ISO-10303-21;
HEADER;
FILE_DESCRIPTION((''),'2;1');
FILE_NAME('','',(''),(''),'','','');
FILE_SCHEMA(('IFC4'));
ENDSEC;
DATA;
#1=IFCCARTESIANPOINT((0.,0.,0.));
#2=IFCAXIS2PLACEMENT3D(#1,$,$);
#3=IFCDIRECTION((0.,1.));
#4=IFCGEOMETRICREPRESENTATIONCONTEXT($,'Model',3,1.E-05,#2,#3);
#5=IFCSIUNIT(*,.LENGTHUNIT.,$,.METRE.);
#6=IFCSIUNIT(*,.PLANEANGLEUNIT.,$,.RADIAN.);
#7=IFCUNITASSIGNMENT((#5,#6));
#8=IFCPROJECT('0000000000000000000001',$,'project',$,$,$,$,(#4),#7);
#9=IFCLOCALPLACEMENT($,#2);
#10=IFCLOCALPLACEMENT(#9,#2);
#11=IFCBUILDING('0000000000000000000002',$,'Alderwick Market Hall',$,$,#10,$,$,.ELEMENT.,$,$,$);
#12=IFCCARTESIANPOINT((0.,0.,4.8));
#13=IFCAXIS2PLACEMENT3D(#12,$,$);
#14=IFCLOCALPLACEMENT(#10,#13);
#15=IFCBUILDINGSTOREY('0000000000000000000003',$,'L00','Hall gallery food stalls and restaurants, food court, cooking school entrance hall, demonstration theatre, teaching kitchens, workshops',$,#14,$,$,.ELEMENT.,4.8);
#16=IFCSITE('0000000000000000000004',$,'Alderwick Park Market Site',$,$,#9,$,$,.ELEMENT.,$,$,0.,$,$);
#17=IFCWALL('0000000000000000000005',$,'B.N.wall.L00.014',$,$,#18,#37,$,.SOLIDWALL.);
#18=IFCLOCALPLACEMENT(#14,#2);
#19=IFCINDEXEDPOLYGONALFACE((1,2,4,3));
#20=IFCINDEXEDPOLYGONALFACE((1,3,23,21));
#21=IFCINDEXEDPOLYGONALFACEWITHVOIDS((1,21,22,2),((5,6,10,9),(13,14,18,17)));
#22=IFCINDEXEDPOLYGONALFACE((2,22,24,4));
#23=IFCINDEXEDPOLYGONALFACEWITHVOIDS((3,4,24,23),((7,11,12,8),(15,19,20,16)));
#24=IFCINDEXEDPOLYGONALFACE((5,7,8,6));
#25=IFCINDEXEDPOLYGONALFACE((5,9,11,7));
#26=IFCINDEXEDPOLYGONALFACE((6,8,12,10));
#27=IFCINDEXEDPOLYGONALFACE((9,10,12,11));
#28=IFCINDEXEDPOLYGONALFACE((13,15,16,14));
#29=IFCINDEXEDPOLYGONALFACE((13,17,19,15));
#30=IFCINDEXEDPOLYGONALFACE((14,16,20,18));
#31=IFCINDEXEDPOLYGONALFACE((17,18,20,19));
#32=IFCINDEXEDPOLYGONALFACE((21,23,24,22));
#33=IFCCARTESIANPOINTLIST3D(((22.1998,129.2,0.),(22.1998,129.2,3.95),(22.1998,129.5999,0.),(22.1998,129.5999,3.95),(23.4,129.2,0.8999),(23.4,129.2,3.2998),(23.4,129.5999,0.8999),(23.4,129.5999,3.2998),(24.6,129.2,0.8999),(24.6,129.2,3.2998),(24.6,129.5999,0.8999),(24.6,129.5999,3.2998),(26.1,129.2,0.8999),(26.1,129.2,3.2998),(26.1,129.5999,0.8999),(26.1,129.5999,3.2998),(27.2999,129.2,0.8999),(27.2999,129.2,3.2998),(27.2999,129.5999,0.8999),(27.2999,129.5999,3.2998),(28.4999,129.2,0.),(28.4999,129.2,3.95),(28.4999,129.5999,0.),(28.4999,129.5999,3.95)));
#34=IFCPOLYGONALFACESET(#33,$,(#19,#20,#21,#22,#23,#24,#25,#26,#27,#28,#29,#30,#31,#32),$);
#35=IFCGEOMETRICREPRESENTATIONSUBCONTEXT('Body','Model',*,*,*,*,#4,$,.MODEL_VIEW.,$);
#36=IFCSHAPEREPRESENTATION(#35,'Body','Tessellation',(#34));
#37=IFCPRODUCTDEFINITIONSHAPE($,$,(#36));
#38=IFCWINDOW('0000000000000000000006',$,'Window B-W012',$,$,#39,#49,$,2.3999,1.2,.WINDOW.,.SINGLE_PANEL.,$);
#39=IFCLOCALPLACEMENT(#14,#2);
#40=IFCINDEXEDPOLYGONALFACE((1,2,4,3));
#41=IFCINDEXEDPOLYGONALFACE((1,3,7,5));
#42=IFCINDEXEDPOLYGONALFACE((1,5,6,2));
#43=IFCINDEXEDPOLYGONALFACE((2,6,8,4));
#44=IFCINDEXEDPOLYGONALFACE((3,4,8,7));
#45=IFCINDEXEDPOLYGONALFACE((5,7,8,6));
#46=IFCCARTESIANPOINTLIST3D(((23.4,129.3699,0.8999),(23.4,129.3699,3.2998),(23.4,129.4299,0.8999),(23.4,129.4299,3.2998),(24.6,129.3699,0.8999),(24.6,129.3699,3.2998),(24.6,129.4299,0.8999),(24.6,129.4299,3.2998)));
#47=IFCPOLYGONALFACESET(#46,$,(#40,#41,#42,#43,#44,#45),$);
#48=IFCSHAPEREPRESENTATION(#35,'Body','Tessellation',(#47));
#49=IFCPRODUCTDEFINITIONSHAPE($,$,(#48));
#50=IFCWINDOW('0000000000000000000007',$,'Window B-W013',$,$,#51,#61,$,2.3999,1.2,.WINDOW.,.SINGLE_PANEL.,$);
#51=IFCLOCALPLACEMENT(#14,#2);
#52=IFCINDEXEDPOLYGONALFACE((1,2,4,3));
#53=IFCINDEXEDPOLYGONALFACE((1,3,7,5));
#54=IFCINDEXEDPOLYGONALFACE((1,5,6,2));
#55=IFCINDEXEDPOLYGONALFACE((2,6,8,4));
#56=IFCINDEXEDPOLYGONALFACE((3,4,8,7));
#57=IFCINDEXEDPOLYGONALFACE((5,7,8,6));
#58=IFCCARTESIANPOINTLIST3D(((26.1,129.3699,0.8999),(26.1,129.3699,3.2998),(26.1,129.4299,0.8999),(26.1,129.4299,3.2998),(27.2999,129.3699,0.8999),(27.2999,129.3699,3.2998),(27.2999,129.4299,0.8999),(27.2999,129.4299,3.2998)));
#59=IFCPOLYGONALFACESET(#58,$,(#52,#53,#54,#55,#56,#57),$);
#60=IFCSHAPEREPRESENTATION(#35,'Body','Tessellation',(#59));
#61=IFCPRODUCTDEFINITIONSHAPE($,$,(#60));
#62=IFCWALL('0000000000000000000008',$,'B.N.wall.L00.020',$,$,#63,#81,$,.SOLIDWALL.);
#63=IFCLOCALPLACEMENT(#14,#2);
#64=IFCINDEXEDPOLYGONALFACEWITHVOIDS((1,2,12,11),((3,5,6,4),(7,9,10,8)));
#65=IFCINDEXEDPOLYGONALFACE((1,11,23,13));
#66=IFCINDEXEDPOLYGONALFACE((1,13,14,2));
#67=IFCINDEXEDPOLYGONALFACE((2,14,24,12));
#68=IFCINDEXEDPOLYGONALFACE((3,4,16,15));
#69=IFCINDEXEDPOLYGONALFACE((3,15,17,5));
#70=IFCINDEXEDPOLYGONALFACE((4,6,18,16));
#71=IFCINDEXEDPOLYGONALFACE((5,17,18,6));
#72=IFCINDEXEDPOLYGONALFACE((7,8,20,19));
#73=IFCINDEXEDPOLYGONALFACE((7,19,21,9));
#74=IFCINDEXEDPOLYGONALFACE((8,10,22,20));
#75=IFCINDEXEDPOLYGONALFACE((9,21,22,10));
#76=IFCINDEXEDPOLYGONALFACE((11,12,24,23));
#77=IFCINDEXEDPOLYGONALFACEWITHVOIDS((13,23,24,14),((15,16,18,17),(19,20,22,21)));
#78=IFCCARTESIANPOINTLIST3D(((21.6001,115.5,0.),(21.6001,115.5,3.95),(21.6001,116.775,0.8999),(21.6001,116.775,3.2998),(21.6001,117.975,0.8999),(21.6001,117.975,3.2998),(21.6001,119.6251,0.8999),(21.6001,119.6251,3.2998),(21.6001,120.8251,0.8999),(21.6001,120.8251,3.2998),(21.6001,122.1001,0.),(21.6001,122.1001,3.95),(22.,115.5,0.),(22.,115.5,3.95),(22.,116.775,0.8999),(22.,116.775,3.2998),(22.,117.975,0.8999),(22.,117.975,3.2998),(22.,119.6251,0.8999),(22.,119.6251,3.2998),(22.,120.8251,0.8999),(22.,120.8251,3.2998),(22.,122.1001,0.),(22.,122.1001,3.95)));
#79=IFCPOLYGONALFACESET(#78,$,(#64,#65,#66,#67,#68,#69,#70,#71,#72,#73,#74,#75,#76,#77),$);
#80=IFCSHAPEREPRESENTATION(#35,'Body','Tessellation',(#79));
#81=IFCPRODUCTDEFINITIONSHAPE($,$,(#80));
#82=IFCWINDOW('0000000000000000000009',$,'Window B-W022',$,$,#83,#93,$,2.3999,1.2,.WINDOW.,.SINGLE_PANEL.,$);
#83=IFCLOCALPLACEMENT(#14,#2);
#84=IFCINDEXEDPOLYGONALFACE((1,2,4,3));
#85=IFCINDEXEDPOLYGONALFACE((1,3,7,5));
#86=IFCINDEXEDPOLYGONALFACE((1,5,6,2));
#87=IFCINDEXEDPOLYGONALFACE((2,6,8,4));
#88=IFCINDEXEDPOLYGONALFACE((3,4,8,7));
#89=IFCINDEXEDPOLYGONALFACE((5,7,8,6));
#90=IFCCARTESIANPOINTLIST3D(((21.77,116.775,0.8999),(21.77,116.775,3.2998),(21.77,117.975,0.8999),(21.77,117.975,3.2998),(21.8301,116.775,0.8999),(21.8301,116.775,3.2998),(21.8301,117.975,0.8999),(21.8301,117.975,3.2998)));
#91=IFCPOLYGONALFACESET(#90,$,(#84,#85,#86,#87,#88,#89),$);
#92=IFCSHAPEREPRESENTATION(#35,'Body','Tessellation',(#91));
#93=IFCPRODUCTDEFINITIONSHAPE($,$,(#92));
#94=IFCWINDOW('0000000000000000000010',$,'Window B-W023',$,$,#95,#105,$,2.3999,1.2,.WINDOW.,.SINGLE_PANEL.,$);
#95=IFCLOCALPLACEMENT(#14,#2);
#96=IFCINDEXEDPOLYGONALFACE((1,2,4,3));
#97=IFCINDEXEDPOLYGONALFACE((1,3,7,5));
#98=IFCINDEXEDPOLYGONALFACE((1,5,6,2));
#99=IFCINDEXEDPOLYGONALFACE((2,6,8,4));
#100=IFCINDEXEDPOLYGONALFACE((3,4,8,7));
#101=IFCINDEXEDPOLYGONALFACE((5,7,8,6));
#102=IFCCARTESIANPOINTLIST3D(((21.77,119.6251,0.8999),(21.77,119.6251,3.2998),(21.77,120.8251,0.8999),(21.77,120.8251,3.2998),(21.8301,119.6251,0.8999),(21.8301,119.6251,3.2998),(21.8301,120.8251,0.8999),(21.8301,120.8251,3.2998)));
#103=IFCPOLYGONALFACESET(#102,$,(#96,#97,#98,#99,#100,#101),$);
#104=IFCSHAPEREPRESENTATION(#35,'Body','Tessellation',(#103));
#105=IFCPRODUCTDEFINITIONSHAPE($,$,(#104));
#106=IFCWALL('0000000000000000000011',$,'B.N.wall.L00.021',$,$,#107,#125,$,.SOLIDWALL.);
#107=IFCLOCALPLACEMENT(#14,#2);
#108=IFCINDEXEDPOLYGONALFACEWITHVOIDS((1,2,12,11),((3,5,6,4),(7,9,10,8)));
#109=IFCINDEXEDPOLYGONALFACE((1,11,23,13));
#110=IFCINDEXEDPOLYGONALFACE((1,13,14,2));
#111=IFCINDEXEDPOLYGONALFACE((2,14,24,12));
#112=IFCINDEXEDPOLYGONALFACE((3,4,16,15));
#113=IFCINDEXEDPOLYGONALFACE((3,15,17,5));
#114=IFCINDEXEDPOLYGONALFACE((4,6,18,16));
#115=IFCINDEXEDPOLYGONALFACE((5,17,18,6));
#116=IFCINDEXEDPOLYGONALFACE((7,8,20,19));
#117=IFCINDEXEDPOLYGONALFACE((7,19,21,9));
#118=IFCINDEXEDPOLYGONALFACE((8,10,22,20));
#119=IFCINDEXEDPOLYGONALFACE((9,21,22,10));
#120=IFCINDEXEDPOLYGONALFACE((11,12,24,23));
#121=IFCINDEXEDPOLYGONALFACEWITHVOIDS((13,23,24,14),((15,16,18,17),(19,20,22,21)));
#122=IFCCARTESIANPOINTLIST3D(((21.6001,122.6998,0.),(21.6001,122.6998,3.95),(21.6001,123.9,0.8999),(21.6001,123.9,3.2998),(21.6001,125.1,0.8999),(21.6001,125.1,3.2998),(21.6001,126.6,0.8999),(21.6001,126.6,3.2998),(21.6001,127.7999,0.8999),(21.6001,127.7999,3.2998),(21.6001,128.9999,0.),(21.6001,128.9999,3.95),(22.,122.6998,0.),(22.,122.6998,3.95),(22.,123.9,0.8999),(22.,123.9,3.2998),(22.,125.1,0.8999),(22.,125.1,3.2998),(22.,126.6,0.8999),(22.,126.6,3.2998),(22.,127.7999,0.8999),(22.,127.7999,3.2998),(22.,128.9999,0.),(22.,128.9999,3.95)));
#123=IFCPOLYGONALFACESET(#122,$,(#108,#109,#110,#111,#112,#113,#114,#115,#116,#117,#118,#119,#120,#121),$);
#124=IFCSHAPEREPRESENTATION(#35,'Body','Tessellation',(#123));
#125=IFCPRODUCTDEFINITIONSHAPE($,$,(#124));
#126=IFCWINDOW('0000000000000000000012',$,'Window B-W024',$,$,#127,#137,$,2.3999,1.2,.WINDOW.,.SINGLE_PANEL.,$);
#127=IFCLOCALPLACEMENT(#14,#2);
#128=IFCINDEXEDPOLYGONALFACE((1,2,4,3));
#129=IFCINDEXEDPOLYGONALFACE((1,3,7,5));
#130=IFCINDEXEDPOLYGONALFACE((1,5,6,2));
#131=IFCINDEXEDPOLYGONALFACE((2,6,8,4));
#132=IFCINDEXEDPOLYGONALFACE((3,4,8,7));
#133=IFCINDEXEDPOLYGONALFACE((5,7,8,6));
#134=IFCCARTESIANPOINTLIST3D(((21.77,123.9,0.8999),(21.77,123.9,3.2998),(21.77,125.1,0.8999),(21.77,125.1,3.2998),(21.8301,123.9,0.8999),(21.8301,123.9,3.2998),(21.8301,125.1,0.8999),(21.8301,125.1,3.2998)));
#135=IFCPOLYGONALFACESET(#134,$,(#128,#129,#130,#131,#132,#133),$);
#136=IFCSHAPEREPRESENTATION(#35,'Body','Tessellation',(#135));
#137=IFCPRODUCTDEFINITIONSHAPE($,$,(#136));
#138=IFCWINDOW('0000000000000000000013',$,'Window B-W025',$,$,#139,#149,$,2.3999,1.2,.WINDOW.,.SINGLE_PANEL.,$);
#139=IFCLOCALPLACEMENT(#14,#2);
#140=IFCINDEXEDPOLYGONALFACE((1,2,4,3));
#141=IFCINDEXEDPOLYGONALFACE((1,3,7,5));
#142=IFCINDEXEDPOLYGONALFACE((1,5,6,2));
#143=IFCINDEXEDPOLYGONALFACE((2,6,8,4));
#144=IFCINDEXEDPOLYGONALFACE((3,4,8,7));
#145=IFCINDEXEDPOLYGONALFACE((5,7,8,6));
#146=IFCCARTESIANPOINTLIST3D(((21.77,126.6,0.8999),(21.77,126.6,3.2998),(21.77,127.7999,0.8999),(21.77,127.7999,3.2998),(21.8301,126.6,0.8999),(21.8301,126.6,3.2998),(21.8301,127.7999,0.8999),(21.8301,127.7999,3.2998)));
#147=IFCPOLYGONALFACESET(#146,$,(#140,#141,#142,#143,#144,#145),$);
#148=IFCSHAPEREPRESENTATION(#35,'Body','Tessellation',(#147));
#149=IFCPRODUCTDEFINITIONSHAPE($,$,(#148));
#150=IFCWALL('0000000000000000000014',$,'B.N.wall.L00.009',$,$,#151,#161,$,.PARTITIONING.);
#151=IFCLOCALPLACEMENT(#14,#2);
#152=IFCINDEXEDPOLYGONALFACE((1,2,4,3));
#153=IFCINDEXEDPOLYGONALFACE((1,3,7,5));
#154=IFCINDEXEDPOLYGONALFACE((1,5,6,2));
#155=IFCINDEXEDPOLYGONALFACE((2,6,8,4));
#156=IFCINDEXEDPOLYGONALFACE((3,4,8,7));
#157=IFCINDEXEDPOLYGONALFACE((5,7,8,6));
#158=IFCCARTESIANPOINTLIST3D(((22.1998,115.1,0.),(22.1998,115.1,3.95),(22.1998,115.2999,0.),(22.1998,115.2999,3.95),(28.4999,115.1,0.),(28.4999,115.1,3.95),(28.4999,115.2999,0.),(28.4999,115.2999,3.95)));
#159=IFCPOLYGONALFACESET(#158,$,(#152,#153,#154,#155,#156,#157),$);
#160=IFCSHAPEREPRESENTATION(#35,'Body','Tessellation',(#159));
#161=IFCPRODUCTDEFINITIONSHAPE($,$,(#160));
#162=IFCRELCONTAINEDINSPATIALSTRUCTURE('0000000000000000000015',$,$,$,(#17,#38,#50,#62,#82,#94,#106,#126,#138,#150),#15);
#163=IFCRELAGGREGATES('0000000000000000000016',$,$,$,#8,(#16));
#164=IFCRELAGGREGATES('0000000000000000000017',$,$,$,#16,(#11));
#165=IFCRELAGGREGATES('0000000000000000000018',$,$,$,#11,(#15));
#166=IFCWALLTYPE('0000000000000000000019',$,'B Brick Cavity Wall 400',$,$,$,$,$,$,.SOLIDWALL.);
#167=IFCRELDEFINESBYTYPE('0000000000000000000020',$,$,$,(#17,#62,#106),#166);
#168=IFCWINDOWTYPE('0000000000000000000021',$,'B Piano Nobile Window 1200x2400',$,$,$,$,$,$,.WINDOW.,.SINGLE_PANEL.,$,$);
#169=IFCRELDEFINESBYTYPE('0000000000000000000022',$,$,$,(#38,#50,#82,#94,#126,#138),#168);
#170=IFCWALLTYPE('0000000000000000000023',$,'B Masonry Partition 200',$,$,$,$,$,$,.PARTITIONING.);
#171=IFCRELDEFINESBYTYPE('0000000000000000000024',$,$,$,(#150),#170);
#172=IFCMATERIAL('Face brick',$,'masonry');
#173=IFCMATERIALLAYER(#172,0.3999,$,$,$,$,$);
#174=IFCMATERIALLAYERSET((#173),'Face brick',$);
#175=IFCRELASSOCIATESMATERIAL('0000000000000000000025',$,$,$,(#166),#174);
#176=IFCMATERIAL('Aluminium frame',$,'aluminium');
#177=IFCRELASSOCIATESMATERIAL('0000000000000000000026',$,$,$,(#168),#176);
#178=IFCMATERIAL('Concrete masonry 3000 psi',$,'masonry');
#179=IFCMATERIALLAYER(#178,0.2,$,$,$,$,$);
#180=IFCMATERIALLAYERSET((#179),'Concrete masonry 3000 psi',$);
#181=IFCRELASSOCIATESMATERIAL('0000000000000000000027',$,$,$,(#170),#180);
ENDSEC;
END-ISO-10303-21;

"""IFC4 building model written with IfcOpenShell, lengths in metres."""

from ifc_helpers import new_model, si_unit, direction, frame, frame_2d, origin, place, context, subcontext, project, spatial, rectangle, extrude, material, layer, layer_set, type_object, element, fill, save


model = new_model("IFC4")

# Units and contexts
model_context = context("Model", 3, precision=1e-05, world=origin(), true_north=direction((0.0, 1.0)))
body_context = subcontext(model_context, "Body", "Model", "MODEL_VIEW")
ifc_project = project(units=[si_unit("LENGTHUNIT", "METRE"), si_unit("PLANEANGLEUNIT", "RADIAN")], contexts=[model_context])

# Site, building, storey
site_placement = place(None, origin())
site = spatial("IfcSite", under=ifc_project, at=site_placement, Name="Alderwick Park Market Site", CompositionType="ELEMENT", RefElevation=0.0)
building_placement = place(site_placement, origin())
building = spatial("IfcBuilding", under=site, at=building_placement, Name="Alderwick Market Hall", CompositionType="ELEMENT")
storey_placement = place(building_placement, frame((0.0, 0.0, 4.8)))
storey = spatial("IfcBuildingStorey", under=building, at=storey_placement, Name="L00", Description="Hall gallery food stalls and restaurants, food court, cooking school entrance hall, demonstration theatre, teaching kitchens, workshops", CompositionType="ELEMENT", Elevation=4.8)

# Walls, openings, windows
ifc_material_1 = material(Name="Face brick", Category="masonry")
ifc_layer_1 = layer(ifc_material_1, 0.3999)
ifc_layer_set_1 = layer_set([ifc_layer_1], Name="Face brick")
wall_type_1 = type_object("IfcWallType", Name="B Brick Cavity Wall 400", PredefinedType="SOLIDWALL", material=ifc_layer_set_1)
wall_1_placement = place(storey_placement, frame((22.2, 129.3999, 0.0), z_axis=(0.0, 0.0, 1.0), x_axis=(1.0, 0.0, 0.0)))
wall_1 = element("IfcWall", 1, at=wall_1_placement, inside=storey, type_object=wall_type_1, Name="B.N.wall.L00.014", PredefinedType="SOLIDWALL", context=body_context, shape_type="SweptSolid", body=[
    extrude(rectangle(XDim=6.3, YDim=0.3999, at=frame_2d((3.1499, 0.0))), origin(), (0.0, 0.0, 1.0), 3.95),
])
opening_1_placement = place(wall_1_placement, frame((1.2, 0.0, 0.8999)))
opening_1 = element("IfcOpeningElement", 2, at=opening_1_placement, cuts=wall_1, PredefinedType="OPENING", context=body_context, shape_type="SweptSolid", body=[
    extrude(rectangle(XDim=1.2, YDim=2.3999, at=frame_2d((0.6001, 1.2))), frame((0.0, 0.21, 0.0), z_axis=(0.0, -1.0, 0.0), x_axis=(1.0, 0.0, 0.0)), (0.0, 0.0, 1.0), 0.4199),
])
opening_2_placement = place(wall_1_placement, frame((3.8999, 0.0, 0.8999)))
opening_2 = element("IfcOpeningElement", 3, at=opening_2_placement, cuts=wall_1, PredefinedType="OPENING", context=body_context, shape_type="SweptSolid", body=[
    extrude(rectangle(XDim=1.2, YDim=2.3999, at=frame_2d((0.6001, 1.2))), frame((0.0, 0.21, 0.0), z_axis=(0.0, -1.0, 0.0), x_axis=(1.0, 0.0, 0.0)), (0.0, 0.0, 1.0), 0.4199),
])
ifc_material_2 = material(Name="Aluminium frame", Category="aluminium")
window_type = type_object("IfcWindowType", Name="B Piano Nobile Window 1200x2400", PartitioningType="SINGLE_PANEL", PredefinedType="WINDOW", material=ifc_material_2)
window_1_placement = place(opening_1_placement, origin())
window_1 = element("IfcWindow", 4, at=window_1_placement, inside=storey, type_object=window_type, Name="Window B-W012", OverallHeight=2.3999, OverallWidth=1.2, PartitioningType="SINGLE_PANEL", PredefinedType="WINDOW", context=body_context, shape_type="SweptSolid", body=[
    extrude(rectangle(XDim=1.2, YDim=2.3999, at=frame_2d((0.6001, 1.2))), frame((0.0, 0.03, 0.0), z_axis=(0.0, -1.0, 0.0), x_axis=(1.0, 0.0, 0.0)), (0.0, 0.0, 1.0), 0.0601),
])
fill(opening_1, window_1)
window_2_placement = place(opening_2_placement, origin())
window_2 = element("IfcWindow", 5, at=window_2_placement, inside=storey, type_object=window_type, Name="Window B-W013", OverallHeight=2.3999, OverallWidth=1.2, PartitioningType="SINGLE_PANEL", PredefinedType="WINDOW", context=body_context, shape_type="SweptSolid", body=[
    extrude(rectangle(XDim=1.2, YDim=2.3999, at=frame_2d((0.6001, 1.2))), frame((0.0, 0.03, 0.0), z_axis=(0.0, -1.0, 0.0), x_axis=(1.0, 0.0, 0.0)), (0.0, 0.0, 1.0), 0.0601),
])
fill(opening_2, window_2)
wall_2_placement = place(storey_placement, frame((21.8, 115.5, 0.0), z_axis=(0.0, 0.0, 1.0), x_axis=(0.0, 1.0, 0.0)))
wall_2 = element("IfcWall", 6, at=wall_2_placement, inside=storey, type_object=wall_type_1, Name="B.N.wall.L00.020", PredefinedType="SOLIDWALL", context=body_context, shape_type="SweptSolid", body=[
    extrude(rectangle(XDim=6.6001, YDim=0.3999, at=frame_2d((3.3, 0.0))), origin(), (0.0, 0.0, 1.0), 3.95),
])
opening_3_placement = place(wall_2_placement, frame((1.2749, 0.0, 0.8999)))
opening_3 = element("IfcOpeningElement", 7, at=opening_3_placement, cuts=wall_2, PredefinedType="OPENING", context=body_context, shape_type="SweptSolid", body=[
    extrude(rectangle(XDim=1.2, YDim=2.3999, at=frame_2d((0.6001, 1.2))), frame((0.0, 0.21, 0.0), z_axis=(0.0, -1.0, 0.0), x_axis=(1.0, 0.0, 0.0)), (0.0, 0.0, 1.0), 0.4199),
])
opening_4_placement = place(wall_2_placement, frame((4.125, 0.0, 0.8999)))
opening_4 = element("IfcOpeningElement", 8, at=opening_4_placement, cuts=wall_2, PredefinedType="OPENING", context=body_context, shape_type="SweptSolid", body=[
    extrude(rectangle(XDim=1.2, YDim=2.3999, at=frame_2d((0.6001, 1.2))), frame((0.0, 0.21, 0.0), z_axis=(0.0, -1.0, 0.0), x_axis=(1.0, 0.0, 0.0)), (0.0, 0.0, 1.0), 0.4199),
])
window_3_placement = place(opening_3_placement, origin())
window_3 = element("IfcWindow", 9, at=window_3_placement, inside=storey, type_object=window_type, Name="Window B-W022", OverallHeight=2.3999, OverallWidth=1.2, PartitioningType="SINGLE_PANEL", PredefinedType="WINDOW", context=body_context, shape_type="SweptSolid", body=[
    extrude(rectangle(XDim=1.2, YDim=2.3999, at=frame_2d((0.6001, 1.2))), frame((0.0, 0.03, 0.0), z_axis=(0.0, -1.0, 0.0), x_axis=(1.0, 0.0, 0.0)), (0.0, 0.0, 1.0), 0.0601),
])
fill(opening_3, window_3)
window_4_placement = place(opening_4_placement, origin())
window_4 = element("IfcWindow", 10, at=window_4_placement, inside=storey, type_object=window_type, Name="Window B-W023", OverallHeight=2.3999, OverallWidth=1.2, PartitioningType="SINGLE_PANEL", PredefinedType="WINDOW", context=body_context, shape_type="SweptSolid", body=[
    extrude(rectangle(XDim=1.2, YDim=2.3999, at=frame_2d((0.6001, 1.2))), frame((0.0, 0.03, 0.0), z_axis=(0.0, -1.0, 0.0), x_axis=(1.0, 0.0, 0.0)), (0.0, 0.0, 1.0), 0.0601),
])
fill(opening_4, window_4)
wall_3_placement = place(storey_placement, frame((21.8, 122.7, 0.0), z_axis=(0.0, 0.0, 1.0), x_axis=(0.0, 1.0, 0.0)))
wall_3 = element("IfcWall", 11, at=wall_3_placement, inside=storey, type_object=wall_type_1, Name="B.N.wall.L00.021", PredefinedType="SOLIDWALL", context=body_context, shape_type="SweptSolid", body=[
    extrude(rectangle(XDim=6.3, YDim=0.3999, at=frame_2d((3.1499, 0.0))), origin(), (0.0, 0.0, 1.0), 3.95),
])
opening_5_placement = place(wall_3_placement, frame((1.2, 0.0, 0.8999)))
opening_5 = element("IfcOpeningElement", 12, at=opening_5_placement, cuts=wall_3, PredefinedType="OPENING", context=body_context, shape_type="SweptSolid", body=[
    extrude(rectangle(XDim=1.2, YDim=2.3999, at=frame_2d((0.6001, 1.2))), frame((0.0, 0.21, 0.0), z_axis=(0.0, -1.0, 0.0), x_axis=(1.0, 0.0, 0.0)), (0.0, 0.0, 1.0), 0.4199),
])
opening_6_placement = place(wall_3_placement, frame((3.8999, 0.0, 0.8999)))
opening_6 = element("IfcOpeningElement", 13, at=opening_6_placement, cuts=wall_3, PredefinedType="OPENING", context=body_context, shape_type="SweptSolid", body=[
    extrude(rectangle(XDim=1.2, YDim=2.3999, at=frame_2d((0.6001, 1.2))), frame((0.0, 0.21, 0.0), z_axis=(0.0, -1.0, 0.0), x_axis=(1.0, 0.0, 0.0)), (0.0, 0.0, 1.0), 0.4199),
])
window_5_placement = place(opening_5_placement, origin())
window_5 = element("IfcWindow", 14, at=window_5_placement, inside=storey, type_object=window_type, Name="Window B-W024", OverallHeight=2.3999, OverallWidth=1.2, PartitioningType="SINGLE_PANEL", PredefinedType="WINDOW", context=body_context, shape_type="SweptSolid", body=[
    extrude(rectangle(XDim=1.2, YDim=2.3999, at=frame_2d((0.6001, 1.2))), frame((0.0, 0.03, 0.0), z_axis=(0.0, -1.0, 0.0), x_axis=(1.0, 0.0, 0.0)), (0.0, 0.0, 1.0), 0.0601),
])
fill(opening_5, window_5)
window_6_placement = place(opening_6_placement, origin())
window_6 = element("IfcWindow", 15, at=window_6_placement, inside=storey, type_object=window_type, Name="Window B-W025", OverallHeight=2.3999, OverallWidth=1.2, PartitioningType="SINGLE_PANEL", PredefinedType="WINDOW", context=body_context, shape_type="SweptSolid", body=[
    extrude(rectangle(XDim=1.2, YDim=2.3999, at=frame_2d((0.6001, 1.2))), frame((0.0, 0.03, 0.0), z_axis=(0.0, -1.0, 0.0), x_axis=(1.0, 0.0, 0.0)), (0.0, 0.0, 1.0), 0.0601),
])
fill(opening_6, window_6)

# Wall
ifc_material_3 = material(Name="Concrete masonry 3000 psi", Category="masonry")
ifc_layer_2 = layer(ifc_material_3, 0.2)
ifc_layer_set_2 = layer_set([ifc_layer_2], Name="Concrete masonry 3000 psi")
wall_type_2 = type_object("IfcWallType", Name="B Masonry Partition 200", PredefinedType="PARTITIONING", material=ifc_layer_set_2)
wall_4_placement = place(storey_placement, frame((22.2, 115.2, 0.0), z_axis=(0.0, 0.0, 1.0), x_axis=(1.0, 0.0, 0.0)))
element("IfcWall", 16, at=wall_4_placement, inside=storey, type_object=wall_type_2, Name="B.N.wall.L00.009", PredefinedType="PARTITIONING", context=body_context, shape_type="SweptSolid", body=[
    extrude(rectangle(XDim=6.3, YDim=0.2, at=frame_2d((3.1499, 0.0))), origin(), (0.0, 0.0, 1.0), 3.95),
])

save(model, "model.ifc")
